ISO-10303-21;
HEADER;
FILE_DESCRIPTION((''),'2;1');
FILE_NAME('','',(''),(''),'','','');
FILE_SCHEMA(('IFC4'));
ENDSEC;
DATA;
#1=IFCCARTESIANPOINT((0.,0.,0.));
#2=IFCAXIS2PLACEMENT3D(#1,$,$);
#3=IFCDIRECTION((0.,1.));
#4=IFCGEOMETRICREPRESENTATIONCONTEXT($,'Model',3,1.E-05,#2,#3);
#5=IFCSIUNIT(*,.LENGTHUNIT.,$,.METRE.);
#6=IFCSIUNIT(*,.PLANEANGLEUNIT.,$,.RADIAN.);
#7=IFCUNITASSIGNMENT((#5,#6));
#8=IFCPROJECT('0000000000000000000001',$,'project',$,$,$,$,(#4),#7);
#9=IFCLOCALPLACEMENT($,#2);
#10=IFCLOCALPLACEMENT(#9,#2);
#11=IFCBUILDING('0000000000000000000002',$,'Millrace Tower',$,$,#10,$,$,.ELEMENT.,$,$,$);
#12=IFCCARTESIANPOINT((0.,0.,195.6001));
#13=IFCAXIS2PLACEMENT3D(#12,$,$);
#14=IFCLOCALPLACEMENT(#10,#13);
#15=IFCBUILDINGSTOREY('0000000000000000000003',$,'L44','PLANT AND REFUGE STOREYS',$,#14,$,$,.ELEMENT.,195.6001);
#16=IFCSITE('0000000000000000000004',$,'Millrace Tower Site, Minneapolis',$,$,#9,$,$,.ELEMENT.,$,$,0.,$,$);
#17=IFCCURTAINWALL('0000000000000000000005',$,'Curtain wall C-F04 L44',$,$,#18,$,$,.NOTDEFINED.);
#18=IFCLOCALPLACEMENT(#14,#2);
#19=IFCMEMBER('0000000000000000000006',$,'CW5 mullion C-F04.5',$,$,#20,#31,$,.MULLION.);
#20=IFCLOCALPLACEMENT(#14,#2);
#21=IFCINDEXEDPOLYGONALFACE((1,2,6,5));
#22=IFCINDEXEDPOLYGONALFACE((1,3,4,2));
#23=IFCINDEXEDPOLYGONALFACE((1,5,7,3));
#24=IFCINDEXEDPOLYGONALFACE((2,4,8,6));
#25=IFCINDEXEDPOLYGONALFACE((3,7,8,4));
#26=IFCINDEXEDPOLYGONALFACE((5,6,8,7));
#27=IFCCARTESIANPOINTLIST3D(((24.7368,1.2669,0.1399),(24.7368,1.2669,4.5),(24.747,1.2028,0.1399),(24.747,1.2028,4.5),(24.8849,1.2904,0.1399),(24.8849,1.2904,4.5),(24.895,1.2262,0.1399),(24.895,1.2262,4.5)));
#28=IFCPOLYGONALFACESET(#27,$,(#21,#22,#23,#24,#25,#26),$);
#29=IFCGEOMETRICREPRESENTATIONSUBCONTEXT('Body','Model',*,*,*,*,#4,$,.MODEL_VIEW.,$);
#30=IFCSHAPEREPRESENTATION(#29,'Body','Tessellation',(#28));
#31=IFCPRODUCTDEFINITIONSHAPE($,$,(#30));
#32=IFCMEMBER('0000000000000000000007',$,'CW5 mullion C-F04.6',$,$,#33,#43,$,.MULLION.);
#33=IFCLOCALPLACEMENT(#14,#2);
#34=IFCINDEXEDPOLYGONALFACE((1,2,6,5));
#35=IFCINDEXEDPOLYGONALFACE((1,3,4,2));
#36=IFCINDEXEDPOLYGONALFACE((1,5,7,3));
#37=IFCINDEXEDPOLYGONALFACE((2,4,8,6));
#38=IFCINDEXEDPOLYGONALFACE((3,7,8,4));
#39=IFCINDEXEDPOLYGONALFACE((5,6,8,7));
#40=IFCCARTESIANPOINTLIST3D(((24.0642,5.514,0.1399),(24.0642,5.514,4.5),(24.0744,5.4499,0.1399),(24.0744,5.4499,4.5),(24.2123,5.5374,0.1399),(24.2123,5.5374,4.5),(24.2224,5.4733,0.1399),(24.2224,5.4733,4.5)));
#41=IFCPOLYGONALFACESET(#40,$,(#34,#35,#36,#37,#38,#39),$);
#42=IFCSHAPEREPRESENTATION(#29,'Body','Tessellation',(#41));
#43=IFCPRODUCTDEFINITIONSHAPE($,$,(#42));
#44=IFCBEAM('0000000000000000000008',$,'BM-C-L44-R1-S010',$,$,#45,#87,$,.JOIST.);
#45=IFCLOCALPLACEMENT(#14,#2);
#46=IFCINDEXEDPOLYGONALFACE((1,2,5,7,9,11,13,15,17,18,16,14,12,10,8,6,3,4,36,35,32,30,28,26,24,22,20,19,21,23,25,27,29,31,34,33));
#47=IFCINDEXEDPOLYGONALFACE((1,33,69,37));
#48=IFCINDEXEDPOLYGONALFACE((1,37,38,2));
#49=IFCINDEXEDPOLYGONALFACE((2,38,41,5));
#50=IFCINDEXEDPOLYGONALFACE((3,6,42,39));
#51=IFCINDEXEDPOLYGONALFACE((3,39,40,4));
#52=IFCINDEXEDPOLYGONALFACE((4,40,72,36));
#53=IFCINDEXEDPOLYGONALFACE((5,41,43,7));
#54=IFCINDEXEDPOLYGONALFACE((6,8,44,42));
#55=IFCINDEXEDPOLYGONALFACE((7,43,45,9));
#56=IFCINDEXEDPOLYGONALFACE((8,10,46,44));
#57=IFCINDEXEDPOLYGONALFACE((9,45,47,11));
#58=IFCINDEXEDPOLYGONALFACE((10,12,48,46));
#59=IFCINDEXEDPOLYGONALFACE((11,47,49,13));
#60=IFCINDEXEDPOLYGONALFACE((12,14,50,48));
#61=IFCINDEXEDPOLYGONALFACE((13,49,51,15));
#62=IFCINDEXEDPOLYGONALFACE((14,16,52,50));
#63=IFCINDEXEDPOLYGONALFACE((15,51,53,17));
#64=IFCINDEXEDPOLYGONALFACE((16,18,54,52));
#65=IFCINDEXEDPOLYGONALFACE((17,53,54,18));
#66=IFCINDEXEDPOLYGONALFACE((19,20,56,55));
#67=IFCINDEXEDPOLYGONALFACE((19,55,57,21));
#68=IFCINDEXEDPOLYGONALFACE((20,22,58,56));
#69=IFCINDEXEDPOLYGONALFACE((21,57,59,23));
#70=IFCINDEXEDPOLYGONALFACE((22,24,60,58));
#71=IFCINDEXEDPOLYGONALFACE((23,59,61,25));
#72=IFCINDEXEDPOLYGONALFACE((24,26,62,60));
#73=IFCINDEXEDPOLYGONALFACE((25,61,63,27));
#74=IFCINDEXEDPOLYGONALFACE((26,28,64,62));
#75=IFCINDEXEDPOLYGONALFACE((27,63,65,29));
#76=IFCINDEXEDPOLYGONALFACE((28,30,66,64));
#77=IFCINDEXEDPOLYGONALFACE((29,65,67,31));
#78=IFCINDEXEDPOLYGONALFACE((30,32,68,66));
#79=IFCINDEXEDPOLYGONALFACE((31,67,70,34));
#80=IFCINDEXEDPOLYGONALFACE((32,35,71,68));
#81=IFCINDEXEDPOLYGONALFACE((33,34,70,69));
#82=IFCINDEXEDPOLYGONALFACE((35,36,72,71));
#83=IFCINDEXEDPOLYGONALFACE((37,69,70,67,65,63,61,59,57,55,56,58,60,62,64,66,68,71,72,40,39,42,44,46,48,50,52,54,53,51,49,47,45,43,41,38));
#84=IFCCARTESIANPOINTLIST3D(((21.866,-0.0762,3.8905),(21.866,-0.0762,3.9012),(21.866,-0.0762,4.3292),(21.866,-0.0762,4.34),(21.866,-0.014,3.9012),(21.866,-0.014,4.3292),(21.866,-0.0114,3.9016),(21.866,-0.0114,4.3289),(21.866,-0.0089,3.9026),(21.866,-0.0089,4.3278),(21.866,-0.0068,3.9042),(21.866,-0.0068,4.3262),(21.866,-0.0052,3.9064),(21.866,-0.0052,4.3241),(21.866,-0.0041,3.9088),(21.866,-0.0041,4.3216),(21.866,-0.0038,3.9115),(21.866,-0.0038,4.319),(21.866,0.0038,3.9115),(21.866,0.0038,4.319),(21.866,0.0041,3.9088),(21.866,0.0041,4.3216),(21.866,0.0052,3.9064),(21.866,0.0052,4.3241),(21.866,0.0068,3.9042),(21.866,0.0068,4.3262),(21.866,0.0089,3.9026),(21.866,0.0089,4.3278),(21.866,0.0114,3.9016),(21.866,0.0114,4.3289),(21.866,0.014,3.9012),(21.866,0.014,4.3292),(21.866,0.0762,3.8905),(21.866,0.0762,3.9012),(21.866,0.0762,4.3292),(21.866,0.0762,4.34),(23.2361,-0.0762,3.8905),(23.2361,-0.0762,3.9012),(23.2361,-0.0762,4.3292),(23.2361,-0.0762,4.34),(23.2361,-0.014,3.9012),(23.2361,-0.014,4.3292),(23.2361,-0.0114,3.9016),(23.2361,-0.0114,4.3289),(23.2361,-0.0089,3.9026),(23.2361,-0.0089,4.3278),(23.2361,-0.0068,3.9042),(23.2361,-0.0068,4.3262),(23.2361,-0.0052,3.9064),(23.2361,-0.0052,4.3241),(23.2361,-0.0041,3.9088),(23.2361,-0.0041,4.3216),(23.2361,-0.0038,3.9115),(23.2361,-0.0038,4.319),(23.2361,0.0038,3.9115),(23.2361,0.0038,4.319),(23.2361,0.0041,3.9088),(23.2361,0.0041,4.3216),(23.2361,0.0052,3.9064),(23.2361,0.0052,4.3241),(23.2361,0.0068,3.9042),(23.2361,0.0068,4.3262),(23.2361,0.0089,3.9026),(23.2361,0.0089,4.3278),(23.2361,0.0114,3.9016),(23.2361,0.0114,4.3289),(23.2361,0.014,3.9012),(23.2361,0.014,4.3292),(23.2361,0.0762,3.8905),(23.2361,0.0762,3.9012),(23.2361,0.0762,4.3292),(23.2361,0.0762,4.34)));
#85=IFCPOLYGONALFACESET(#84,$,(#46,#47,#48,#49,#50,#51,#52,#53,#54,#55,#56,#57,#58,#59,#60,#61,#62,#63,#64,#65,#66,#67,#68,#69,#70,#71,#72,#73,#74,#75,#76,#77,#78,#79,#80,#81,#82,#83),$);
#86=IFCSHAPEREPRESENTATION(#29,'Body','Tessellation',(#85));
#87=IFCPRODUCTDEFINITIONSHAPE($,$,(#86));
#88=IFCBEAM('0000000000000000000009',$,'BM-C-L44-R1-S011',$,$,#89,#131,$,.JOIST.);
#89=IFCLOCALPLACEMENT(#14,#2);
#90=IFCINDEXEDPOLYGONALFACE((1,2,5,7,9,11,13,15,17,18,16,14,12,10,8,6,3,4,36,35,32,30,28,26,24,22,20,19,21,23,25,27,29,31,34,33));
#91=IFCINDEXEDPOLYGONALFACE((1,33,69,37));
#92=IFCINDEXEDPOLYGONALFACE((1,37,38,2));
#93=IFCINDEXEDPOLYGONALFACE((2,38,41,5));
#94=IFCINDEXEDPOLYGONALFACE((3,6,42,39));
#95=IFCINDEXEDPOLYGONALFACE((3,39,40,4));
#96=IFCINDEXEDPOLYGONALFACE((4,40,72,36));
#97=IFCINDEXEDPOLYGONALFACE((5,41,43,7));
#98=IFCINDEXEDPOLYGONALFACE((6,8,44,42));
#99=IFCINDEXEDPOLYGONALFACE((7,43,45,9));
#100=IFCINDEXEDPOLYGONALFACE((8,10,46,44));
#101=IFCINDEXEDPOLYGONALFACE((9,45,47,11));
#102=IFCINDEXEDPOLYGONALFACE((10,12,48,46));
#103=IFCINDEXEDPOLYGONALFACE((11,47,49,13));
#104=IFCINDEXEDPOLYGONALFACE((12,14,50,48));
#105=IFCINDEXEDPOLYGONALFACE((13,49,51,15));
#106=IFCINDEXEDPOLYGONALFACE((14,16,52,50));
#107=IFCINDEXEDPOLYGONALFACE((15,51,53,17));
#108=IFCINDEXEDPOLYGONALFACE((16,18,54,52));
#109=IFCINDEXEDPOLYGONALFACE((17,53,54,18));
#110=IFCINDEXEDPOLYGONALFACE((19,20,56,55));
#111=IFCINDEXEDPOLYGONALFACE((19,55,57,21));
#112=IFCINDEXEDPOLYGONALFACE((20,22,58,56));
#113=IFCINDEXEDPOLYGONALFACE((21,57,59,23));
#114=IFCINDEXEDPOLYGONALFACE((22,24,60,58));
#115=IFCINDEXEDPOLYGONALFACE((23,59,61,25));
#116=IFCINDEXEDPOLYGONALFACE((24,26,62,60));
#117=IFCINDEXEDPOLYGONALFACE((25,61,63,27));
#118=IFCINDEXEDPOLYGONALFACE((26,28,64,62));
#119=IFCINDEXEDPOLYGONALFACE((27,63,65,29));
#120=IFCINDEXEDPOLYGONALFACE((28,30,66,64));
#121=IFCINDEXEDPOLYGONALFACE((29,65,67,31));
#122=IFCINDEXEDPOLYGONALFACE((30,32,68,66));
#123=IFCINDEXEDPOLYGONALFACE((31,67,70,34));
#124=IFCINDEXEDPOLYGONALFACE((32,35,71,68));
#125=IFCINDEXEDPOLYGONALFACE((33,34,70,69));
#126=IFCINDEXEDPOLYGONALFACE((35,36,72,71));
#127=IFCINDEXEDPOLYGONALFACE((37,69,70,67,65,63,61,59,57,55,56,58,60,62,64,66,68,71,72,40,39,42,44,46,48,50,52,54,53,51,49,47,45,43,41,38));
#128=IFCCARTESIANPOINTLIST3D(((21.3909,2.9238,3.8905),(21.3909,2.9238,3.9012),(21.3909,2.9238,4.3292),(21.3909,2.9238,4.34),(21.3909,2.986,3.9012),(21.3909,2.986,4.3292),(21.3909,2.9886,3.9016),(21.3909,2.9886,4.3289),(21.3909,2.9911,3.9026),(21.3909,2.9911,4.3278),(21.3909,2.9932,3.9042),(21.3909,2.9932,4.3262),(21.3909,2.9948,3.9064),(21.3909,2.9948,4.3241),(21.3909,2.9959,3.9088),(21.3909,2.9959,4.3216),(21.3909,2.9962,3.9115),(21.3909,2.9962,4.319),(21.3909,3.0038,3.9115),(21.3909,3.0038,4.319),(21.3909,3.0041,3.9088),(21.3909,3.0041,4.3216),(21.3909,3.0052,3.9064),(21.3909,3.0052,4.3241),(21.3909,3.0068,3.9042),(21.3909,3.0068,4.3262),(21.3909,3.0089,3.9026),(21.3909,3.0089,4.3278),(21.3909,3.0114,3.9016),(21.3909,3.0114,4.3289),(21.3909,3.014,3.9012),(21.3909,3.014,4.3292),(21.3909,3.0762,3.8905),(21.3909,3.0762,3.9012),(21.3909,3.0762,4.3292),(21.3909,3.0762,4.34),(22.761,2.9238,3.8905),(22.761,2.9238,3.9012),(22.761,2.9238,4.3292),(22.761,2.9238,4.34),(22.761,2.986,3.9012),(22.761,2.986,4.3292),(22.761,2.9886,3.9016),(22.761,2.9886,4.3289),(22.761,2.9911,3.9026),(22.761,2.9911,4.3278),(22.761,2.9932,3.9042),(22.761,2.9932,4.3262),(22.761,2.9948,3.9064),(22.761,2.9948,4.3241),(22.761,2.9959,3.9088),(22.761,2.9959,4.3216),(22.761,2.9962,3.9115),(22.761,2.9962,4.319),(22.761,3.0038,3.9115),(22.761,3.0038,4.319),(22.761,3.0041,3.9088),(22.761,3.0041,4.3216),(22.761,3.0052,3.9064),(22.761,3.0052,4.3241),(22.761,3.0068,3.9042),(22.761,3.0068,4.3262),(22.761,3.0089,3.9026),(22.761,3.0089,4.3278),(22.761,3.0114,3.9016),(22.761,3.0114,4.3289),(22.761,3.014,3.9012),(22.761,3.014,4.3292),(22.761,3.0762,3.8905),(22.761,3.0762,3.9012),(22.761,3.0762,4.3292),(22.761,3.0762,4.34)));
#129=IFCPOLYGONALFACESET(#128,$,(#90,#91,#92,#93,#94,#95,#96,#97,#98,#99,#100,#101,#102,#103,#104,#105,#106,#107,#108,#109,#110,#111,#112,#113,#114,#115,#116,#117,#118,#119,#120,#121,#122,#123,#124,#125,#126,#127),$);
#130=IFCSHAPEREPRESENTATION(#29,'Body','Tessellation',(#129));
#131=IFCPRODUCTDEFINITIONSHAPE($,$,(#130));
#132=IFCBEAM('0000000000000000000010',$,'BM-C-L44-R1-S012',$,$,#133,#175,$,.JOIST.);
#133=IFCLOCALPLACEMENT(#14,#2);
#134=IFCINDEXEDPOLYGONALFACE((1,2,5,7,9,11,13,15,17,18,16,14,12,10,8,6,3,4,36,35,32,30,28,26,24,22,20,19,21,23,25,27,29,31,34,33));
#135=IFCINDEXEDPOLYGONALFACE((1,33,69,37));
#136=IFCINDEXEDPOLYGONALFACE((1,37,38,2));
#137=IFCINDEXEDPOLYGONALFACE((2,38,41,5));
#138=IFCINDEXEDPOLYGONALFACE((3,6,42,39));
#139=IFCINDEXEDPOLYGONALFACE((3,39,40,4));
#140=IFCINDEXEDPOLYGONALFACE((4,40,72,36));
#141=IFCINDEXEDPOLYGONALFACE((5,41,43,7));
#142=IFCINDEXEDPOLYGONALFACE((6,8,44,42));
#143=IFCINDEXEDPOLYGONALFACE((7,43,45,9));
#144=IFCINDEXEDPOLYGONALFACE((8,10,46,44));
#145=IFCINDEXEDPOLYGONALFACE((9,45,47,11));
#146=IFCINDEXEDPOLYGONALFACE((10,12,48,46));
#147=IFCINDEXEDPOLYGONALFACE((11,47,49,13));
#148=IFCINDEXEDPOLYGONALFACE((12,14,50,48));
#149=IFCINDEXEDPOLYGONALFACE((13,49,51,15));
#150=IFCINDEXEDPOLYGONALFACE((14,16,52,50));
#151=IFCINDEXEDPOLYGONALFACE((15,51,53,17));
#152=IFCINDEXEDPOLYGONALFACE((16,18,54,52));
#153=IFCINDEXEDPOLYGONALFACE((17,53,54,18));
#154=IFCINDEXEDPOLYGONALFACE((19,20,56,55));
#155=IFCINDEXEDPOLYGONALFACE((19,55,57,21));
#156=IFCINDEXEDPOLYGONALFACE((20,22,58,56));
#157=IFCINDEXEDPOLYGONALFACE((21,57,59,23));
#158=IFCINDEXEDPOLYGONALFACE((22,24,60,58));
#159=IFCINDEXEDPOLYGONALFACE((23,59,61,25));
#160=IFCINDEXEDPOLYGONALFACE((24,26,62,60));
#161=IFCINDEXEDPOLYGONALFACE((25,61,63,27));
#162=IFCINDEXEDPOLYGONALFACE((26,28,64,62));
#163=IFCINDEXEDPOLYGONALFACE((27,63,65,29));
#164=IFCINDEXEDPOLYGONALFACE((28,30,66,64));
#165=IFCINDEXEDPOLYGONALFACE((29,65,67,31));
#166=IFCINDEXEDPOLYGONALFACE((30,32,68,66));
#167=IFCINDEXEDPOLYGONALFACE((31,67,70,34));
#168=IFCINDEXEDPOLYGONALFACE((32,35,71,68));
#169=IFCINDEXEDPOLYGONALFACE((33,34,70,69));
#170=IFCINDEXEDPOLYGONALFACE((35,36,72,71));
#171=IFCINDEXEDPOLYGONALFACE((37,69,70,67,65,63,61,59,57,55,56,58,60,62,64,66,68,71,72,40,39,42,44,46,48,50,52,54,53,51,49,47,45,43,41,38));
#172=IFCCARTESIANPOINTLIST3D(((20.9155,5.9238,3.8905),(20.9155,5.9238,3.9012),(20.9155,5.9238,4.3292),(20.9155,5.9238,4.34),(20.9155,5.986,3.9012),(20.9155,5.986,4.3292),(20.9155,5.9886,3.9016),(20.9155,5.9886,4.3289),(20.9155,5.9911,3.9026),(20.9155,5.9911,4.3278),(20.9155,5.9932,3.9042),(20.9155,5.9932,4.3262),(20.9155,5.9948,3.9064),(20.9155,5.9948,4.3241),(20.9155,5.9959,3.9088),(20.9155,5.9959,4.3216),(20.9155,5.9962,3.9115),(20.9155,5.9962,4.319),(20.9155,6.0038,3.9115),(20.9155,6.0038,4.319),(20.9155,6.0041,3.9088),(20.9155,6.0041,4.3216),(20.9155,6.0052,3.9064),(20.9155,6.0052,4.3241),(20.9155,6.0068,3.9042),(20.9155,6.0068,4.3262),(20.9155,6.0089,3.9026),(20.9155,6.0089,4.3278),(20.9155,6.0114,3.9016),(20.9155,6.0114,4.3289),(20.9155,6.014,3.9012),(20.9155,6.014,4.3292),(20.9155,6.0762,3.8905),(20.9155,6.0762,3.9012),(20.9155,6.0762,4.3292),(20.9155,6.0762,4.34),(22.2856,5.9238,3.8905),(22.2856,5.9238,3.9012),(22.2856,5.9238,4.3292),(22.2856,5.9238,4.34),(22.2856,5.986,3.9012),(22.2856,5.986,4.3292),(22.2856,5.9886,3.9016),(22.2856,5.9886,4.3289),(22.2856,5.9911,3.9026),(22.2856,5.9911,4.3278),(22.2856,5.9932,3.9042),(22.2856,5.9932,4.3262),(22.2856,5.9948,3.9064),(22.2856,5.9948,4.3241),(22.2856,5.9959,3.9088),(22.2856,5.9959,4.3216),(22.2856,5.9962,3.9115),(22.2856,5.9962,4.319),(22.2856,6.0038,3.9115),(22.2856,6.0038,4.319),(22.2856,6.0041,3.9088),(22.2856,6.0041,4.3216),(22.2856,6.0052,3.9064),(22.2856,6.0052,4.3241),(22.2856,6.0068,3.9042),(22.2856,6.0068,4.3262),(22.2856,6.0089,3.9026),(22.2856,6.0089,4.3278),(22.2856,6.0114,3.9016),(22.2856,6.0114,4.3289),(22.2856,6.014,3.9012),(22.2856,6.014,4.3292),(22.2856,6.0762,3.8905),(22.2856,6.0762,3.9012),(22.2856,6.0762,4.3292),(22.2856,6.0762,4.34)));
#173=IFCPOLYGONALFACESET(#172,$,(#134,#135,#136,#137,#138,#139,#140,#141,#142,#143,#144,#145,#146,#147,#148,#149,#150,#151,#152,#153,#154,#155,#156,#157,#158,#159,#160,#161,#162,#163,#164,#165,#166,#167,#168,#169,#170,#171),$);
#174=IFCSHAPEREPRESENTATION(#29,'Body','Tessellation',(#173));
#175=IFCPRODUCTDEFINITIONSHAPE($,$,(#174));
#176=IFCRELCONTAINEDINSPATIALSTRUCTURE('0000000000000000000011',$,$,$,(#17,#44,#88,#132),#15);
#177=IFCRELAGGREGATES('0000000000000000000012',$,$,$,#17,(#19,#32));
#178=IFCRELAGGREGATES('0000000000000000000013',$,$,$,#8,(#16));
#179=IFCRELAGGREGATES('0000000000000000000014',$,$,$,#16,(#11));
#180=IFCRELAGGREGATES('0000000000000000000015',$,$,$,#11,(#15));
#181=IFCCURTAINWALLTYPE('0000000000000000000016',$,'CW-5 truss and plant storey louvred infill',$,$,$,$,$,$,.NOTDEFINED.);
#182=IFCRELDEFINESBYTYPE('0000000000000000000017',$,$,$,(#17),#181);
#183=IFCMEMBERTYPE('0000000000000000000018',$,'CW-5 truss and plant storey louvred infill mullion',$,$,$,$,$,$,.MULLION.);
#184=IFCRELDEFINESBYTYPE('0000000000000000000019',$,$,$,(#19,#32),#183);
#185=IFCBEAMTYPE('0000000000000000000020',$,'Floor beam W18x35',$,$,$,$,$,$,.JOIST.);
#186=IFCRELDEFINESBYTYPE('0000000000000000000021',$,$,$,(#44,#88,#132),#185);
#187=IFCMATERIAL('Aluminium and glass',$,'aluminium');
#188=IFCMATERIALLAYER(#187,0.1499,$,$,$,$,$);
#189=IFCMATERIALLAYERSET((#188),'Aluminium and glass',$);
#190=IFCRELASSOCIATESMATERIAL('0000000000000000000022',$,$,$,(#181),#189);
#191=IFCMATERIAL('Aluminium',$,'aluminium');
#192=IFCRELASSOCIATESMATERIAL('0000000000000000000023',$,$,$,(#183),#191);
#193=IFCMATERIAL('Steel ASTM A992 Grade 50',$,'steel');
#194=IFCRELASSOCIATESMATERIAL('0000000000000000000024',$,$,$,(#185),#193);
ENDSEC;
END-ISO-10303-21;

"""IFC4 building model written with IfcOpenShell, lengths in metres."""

from ifc_helpers import new_model, si_unit, direction, frame, origin, origin_2d, place, context, subcontext, project, spatial, rectangle, i_section, extrude, material, layer, layer_set, material_profile, profile_set, type_object, element, aggregate, save


model = new_model("IFC4")

# Units and contexts
model_context = context("Model", 3, precision=1e-05, world=origin(), true_north=direction((0.0, 1.0)))
body_context = subcontext(model_context, "Body", "Model", "MODEL_VIEW")
ifc_project = project(units=[si_unit("LENGTHUNIT", "METRE"), si_unit("PLANEANGLEUNIT", "RADIAN")], contexts=[model_context])

# Site, building, storey
site_placement = place(None, origin())
site = spatial("IfcSite", under=ifc_project, at=site_placement, Name="Millrace Tower Site, Minneapolis", CompositionType="ELEMENT", RefElevation=0.0)
building_placement = place(site_placement, origin())
building = spatial("IfcBuilding", under=site, at=building_placement, Name="Millrace Tower", CompositionType="ELEMENT")
storey_placement = place(building_placement, frame((0.0, 0.0, 195.6001)))
storey = spatial("IfcBuildingStorey", under=building, at=storey_placement, Name="L44", Description="PLANT AND REFUGE STOREYS", CompositionType="ELEMENT", Elevation=195.6001)

# Curtain wall, members
ifc_material_1 = material(Name="Aluminium and glass", Category="aluminium")
ifc_layer_1 = layer(ifc_material_1, 0.1499)
ifc_layer_set_1 = layer_set([ifc_layer_1], Name="Aluminium and glass")
curtain_wall_type = type_object("IfcCurtainWallType", Name="CW-5 truss and plant storey louvred infill", PredefinedType="NOTDEFINED", material=ifc_layer_set_1)
curtain_wall_placement = place(storey_placement, origin())
curtain_wall = element("IfcCurtainWall", 1, at=curtain_wall_placement, inside=storey, type_object=curtain_wall_type, Name="Curtain wall C-F04 L44", PredefinedType="NOTDEFINED")
ifc_material_2 = material(Name="Aluminium", Category="aluminium")
ifc_material_profile_1 = material_profile(ifc_material_2, rectangle(XDim=0.0649, YDim=0.1499, at=origin_2d()))
ifc_profile_set_1 = profile_set([ifc_material_profile_1], Name="Aluminium")
member_type_1 = type_object("IfcMemberType", Name="CW-5 truss and plant storey louvred infill mullion", PredefinedType="MULLION", material=ifc_profile_set_1)
member_1_placement = place(storey_placement, frame((24.8159, 1.2466, 0.1399), z_axis=(0.0, 0.0, 1.0), x_axis=(-0.156434, 0.987688, 0.0)))
member_1 = element("IfcMember", 2, at=member_1_placement, type_object=member_type_1, Name="CW5 mullion C-F04.5", PredefinedType="MULLION", context=body_context, shape_type="SweptSolid", body=[
    extrude(rectangle(XDim=0.0649, YDim=0.1499, at=origin_2d()), origin(), (0.0, 0.0, 1.0), 4.3601),
])
member_2_placement = place(storey_placement, frame((24.1433, 5.4937, 0.1399), z_axis=(0.0, 0.0, 1.0), x_axis=(-0.156434, 0.987688, 0.0)))
member_2 = element("IfcMember", 3, at=member_2_placement, type_object=member_type_1, Name="CW5 mullion C-F04.6", PredefinedType="MULLION", context=body_context, shape_type="SweptSolid", body=[
    extrude(rectangle(XDim=0.0649, YDim=0.1499, at=origin_2d()), origin(), (0.0, 0.0, 1.0), 4.3601),
])
aggregate(curtain_wall, [member_1, member_2])

# Beams
ifc_material_3 = material(Name="Steel ASTM A992 Grade 50", Category="steel")
ifc_material_profile_2 = material_profile(ifc_material_3, i_section(OverallWidth=0.1523, OverallDepth=0.4495, WebThickness=0.0076, FlangeThickness=0.0107, FilletRadius=0.0103, at=origin_2d()))
ifc_profile_set_2 = profile_set([ifc_material_profile_2], Name="Steel ASTM A992 Grade 50")
beam_type_1 = type_object("IfcBeamType", Name="Floor beam W18x35", PredefinedType="JOIST", material=ifc_profile_set_2)
for number, where, z_axis, x_axis, name in (
    (4, (21.866, 0.0, 4.1152), (1.0, 0.0, 0.0), (0.0, 1.0, 0.0), "BM-C-L44-R1-S010"),
    (5, (21.3909, 3.0, 4.1152), (1.0, 0.0, 0.0), (0.0, 1.0, 0.0), "BM-C-L44-R1-S011"),
    (6, (20.9155, 6.0, 4.1152), (1.0, 0.0, 0.0), (0.0, 1.0, 0.0), "BM-C-L44-R1-S012"),
):
    element("IfcBeam", number, at=place(storey_placement, frame(where, z_axis=z_axis, x_axis=x_axis)), inside=storey, type_object=beam_type_1, Name=name, PredefinedType="JOIST", context=body_context, shape_type="SweptSolid", body=[
        extrude(i_section(OverallWidth=0.1523, OverallDepth=0.4495, WebThickness=0.0076, FlangeThickness=0.0107, FilletRadius=0.0103, at=origin_2d()), origin(), (0.0, 0.0, 1.0), 1.3701),
    ])

save(model, "model.ifc")
